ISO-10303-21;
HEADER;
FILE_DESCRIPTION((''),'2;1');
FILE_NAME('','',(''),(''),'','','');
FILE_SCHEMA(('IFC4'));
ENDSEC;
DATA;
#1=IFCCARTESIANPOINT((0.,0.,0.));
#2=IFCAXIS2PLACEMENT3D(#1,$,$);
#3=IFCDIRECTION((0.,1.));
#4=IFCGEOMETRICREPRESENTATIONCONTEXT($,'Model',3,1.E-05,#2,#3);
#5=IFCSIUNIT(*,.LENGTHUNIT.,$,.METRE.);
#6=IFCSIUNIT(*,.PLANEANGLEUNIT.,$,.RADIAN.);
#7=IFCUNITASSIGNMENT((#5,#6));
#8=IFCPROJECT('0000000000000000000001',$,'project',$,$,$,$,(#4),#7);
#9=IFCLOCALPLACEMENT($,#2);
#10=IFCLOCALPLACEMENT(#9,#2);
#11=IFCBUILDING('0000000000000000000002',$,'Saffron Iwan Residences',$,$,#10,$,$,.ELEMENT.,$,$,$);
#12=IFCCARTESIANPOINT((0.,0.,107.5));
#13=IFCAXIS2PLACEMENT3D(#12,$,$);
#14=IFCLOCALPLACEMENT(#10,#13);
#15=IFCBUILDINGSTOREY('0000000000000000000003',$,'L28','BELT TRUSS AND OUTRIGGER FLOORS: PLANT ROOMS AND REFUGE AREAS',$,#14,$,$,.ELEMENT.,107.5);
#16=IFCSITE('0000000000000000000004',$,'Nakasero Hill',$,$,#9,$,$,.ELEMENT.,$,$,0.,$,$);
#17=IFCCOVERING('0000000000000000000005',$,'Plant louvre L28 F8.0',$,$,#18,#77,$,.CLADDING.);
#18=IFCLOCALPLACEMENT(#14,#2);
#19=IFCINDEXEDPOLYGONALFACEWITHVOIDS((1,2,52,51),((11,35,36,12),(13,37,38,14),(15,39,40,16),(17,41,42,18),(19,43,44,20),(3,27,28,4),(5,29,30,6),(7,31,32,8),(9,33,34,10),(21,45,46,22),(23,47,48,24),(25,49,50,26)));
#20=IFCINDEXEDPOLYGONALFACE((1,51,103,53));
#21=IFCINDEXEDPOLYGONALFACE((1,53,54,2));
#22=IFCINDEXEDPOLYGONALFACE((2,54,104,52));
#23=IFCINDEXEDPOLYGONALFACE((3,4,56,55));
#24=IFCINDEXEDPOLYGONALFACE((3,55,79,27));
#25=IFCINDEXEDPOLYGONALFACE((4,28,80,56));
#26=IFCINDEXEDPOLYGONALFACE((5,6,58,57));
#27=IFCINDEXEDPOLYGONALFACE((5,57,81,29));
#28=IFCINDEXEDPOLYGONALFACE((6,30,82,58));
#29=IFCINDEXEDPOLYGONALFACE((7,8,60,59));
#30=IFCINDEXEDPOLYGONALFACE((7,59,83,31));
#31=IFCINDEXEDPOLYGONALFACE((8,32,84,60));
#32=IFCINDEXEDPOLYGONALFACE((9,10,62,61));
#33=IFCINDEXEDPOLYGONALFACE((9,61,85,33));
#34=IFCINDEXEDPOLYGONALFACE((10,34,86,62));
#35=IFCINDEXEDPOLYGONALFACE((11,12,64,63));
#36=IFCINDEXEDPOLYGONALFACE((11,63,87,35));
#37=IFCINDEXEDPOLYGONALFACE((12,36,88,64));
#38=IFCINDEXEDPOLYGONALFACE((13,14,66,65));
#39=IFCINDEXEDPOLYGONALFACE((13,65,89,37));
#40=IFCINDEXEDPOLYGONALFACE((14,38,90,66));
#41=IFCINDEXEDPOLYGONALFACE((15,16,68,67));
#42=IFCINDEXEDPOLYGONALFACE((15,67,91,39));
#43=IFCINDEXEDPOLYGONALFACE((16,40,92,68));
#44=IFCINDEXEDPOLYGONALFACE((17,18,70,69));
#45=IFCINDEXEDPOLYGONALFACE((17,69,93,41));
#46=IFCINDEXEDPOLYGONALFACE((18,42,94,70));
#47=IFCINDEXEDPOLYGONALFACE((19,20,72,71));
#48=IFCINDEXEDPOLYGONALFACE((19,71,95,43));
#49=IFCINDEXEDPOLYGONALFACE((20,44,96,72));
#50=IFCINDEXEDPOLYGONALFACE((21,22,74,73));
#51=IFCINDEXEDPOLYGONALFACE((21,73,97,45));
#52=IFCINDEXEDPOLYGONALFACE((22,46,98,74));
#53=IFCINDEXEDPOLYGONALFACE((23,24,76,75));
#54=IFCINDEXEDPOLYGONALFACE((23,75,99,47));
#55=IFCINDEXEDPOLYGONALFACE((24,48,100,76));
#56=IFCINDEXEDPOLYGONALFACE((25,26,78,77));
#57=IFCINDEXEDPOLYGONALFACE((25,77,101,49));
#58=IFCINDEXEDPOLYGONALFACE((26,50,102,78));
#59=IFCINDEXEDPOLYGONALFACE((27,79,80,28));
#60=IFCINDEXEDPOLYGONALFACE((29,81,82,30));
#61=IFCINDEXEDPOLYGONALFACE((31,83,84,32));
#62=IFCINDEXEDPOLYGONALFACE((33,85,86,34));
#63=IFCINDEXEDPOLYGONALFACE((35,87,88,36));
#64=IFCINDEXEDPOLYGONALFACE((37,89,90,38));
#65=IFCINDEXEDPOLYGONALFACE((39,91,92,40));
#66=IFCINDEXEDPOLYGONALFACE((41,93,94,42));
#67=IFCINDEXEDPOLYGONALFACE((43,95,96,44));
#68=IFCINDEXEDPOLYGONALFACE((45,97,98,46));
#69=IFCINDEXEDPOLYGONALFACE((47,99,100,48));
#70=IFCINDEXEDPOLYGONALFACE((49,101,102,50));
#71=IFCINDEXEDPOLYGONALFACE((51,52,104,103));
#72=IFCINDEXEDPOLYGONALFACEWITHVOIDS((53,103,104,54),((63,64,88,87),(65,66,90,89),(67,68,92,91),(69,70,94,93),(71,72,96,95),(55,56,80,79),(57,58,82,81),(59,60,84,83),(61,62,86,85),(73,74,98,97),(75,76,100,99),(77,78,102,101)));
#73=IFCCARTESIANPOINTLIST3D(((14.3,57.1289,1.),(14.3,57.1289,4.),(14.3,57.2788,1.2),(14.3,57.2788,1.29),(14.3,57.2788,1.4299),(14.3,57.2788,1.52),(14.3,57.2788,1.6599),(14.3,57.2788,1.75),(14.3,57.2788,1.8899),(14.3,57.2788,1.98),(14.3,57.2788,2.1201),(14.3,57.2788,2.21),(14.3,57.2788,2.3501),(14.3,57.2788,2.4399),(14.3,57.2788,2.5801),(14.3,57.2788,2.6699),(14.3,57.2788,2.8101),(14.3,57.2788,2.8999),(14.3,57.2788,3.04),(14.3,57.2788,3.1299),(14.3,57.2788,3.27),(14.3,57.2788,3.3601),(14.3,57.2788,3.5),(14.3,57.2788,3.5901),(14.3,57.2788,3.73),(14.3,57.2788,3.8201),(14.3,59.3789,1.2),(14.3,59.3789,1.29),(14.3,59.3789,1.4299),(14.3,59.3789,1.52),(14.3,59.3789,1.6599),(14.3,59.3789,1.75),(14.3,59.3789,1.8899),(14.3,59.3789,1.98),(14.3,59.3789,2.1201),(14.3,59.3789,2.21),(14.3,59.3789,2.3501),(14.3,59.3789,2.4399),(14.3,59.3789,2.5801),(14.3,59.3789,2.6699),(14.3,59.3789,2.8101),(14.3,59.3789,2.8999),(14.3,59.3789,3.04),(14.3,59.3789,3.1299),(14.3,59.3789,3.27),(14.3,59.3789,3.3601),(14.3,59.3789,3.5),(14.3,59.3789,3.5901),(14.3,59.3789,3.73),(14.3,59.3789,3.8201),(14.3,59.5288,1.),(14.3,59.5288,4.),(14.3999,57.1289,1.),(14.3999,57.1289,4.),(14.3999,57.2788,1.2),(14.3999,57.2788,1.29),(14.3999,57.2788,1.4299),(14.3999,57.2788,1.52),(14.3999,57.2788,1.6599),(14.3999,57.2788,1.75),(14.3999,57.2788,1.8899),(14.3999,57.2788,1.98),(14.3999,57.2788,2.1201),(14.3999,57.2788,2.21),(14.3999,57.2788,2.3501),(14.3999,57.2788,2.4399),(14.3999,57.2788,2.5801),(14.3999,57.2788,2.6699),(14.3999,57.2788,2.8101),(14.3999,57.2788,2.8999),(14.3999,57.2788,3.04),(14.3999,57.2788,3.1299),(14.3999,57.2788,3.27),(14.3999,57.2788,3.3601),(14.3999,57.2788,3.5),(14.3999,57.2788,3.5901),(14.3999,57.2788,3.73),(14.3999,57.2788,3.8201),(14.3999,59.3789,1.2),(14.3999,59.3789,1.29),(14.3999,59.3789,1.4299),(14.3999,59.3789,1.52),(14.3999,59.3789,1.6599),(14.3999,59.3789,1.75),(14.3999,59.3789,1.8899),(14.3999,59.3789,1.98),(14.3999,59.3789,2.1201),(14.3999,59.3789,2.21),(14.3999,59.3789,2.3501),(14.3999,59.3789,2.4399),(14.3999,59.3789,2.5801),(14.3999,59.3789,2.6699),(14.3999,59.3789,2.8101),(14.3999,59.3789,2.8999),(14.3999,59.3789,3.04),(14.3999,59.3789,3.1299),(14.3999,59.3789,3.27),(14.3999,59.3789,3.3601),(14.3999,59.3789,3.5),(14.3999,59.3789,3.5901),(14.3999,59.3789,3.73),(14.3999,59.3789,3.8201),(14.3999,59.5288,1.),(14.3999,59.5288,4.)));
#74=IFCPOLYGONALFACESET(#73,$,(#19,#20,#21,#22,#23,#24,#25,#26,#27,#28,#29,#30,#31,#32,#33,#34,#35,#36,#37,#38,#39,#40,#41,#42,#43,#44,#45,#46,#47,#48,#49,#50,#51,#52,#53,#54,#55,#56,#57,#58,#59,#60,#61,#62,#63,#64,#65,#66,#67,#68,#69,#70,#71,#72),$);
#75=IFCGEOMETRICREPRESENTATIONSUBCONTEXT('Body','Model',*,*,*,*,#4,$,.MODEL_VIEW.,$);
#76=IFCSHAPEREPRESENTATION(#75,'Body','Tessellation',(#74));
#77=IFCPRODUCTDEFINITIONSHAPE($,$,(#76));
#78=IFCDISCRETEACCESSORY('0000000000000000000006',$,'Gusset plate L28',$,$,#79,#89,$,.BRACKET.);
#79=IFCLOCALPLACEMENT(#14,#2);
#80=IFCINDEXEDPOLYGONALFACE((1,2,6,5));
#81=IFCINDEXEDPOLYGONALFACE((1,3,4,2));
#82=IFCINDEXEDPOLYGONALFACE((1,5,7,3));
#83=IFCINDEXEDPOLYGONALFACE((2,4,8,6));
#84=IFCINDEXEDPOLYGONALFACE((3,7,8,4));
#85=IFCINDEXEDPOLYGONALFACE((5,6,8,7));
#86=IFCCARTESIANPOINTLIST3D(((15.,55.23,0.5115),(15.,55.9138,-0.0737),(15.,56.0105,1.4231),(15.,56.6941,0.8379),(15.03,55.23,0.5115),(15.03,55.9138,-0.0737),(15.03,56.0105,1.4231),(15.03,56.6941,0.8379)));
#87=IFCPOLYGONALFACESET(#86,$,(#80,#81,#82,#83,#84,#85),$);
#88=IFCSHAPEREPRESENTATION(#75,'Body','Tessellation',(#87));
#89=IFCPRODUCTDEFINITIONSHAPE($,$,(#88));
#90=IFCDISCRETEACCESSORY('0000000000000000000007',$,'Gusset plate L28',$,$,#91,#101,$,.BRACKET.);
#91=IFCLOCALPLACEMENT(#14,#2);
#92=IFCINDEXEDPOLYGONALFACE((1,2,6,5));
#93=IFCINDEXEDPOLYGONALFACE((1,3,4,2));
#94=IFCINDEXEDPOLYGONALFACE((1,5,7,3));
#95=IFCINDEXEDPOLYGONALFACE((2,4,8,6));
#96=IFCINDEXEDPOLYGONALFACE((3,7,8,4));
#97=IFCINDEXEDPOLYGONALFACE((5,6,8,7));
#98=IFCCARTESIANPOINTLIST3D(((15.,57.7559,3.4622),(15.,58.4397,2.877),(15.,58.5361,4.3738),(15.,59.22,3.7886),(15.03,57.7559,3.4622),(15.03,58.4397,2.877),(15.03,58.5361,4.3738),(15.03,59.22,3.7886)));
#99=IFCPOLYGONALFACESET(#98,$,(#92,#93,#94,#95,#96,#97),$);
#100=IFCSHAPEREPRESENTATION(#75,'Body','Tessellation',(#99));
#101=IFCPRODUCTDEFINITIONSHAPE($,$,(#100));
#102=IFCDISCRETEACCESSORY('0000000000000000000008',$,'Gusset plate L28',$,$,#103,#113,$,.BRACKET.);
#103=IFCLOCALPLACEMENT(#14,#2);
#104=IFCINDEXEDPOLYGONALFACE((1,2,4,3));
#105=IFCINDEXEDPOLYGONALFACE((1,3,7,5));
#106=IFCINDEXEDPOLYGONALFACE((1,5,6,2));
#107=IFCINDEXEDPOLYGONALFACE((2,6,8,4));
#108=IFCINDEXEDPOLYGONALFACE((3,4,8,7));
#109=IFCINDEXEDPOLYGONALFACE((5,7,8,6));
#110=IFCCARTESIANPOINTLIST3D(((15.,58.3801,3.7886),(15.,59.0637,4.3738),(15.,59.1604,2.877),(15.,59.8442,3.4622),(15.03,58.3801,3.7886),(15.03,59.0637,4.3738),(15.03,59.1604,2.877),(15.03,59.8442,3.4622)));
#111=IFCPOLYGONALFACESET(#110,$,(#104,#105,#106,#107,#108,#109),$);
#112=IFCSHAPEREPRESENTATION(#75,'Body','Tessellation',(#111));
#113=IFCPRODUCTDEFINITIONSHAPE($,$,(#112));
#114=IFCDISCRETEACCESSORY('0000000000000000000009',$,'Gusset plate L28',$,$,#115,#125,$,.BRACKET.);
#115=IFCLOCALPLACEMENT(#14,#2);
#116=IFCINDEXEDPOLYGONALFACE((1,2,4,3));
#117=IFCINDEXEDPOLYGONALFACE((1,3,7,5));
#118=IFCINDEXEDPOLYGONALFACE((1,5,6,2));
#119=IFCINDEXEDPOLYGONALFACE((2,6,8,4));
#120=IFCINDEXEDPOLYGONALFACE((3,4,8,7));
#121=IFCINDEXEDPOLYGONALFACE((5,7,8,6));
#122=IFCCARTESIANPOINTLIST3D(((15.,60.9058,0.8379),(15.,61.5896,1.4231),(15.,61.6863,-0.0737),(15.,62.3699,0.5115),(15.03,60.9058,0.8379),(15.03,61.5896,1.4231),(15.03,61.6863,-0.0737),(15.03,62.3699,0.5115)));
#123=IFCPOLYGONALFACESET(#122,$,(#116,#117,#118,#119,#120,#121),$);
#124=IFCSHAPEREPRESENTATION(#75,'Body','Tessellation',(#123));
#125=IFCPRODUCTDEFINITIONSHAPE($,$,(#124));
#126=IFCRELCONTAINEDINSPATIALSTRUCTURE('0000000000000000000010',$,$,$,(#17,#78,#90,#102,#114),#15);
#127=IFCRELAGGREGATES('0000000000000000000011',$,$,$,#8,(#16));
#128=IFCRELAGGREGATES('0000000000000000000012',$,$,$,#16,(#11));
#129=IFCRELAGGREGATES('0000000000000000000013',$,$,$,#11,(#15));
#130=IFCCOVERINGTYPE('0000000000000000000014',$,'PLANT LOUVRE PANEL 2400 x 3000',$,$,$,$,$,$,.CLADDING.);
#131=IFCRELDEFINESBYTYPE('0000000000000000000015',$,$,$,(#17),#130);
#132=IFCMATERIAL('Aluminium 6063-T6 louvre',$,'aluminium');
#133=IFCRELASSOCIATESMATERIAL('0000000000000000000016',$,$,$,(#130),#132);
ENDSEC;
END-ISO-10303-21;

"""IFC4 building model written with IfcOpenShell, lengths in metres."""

from ifc_helpers import new_model, si_unit, direction, frame, origin, place, context, subcontext, project, spatial, polyline, outline, extrude, material, type_object, element, save


model = new_model("IFC4")

# Units and contexts
model_context = context("Model", 3, precision=1e-05, world=origin(), true_north=direction((0.0, 1.0)))
body_context = subcontext(model_context, "Body", "Model", "MODEL_VIEW")
ifc_project = project(units=[si_unit("LENGTHUNIT", "METRE"), si_unit("PLANEANGLEUNIT", "RADIAN")], contexts=[model_context])

# Site, building, storey
site_placement = place(None, origin())
site = spatial("IfcSite", under=ifc_project, at=site_placement, Name="Nakasero Hill", CompositionType="ELEMENT", RefElevation=0.0)
building_placement = place(site_placement, origin())
building = spatial("IfcBuilding", under=site, at=building_placement, Name="Saffron Iwan Residences", CompositionType="ELEMENT")
storey_placement = place(building_placement, frame((0.0, 0.0, 107.5)))
storey = spatial("IfcBuildingStorey", under=building, at=storey_placement, Name="L28", Description="BELT TRUSS AND OUTRIGGER FLOORS: PLANT ROOMS AND REFUGE AREAS", CompositionType="ELEMENT", Elevation=107.5)

# Covering
ifc_material_1 = material(Name="Aluminium 6063-T6 louvre", Category="aluminium")
covering_type_1 = type_object("IfcCoveringType", Name="PLANT LOUVRE PANEL 2400 x 3000", PredefinedType="CLADDING", material=ifc_material_1)
covering_1_placement = place(storey_placement, frame((14.3999, 59.5288, 1.0), z_axis=(-1.0, 0.0, 0.0), x_axis=(0.0, -1.0, 0.0)))
element("IfcCovering", 1, at=covering_1_placement, inside=storey, type_object=covering_type_1, Name="Plant louvre L28 F8.0", PredefinedType="CLADDING", context=body_context, shape_type="SweptSolid", body=[
    extrude(outline(polyline([(0.0, 0.0), (2.3999, 0.0), (2.3999, 3.0), (0.0, 3.0), (0.0, 0.0)]), holes=[polyline([(0.1499, 0.2), (2.25, 0.2), (2.25, 0.29), (0.1499, 0.29), (0.1499, 0.2)]), polyline([(0.1499, 0.4299), (2.25, 0.4299), (2.25, 0.52), (0.1499, 0.52), (0.1499, 0.4299)]), polyline([(0.1499, 0.6599), (2.25, 0.6599), (2.25, 0.75), (0.1499, 0.75), (0.1499, 0.6599)]), polyline([(0.1499, 0.8899), (2.25, 0.8899), (2.25, 0.98), (0.1499, 0.98), (0.1499, 0.8899)]), polyline([(0.1499, 1.1201), (2.25, 1.1201), (2.25, 1.21), (0.1499, 1.21), (0.1499, 1.1201)]), polyline([(0.1499, 1.3501), (2.25, 1.3501), (2.25, 1.4399), (0.1499, 1.4399), (0.1499, 1.3501)]), polyline([(0.1499, 1.5801), (2.25, 1.5801), (2.25, 1.6699), (0.1499, 1.6699), (0.1499, 1.5801)]), polyline([(0.1499, 1.8101), (2.25, 1.8101), (2.25, 1.8999), (0.1499, 1.8999), (0.1499, 1.8101)]), polyline([(0.1499, 2.04), (2.25, 2.04), (2.25, 2.1299), (0.1499, 2.1299), (0.1499, 2.04)]), polyline([(0.1499, 2.27), (2.25, 2.27), (2.25, 2.3601), (0.1499, 2.3601), (0.1499, 2.27)]), polyline([(0.1499, 2.5), (2.25, 2.5), (2.25, 2.5901), (0.1499, 2.5901), (0.1499, 2.5)]), polyline([(0.1499, 2.73), (2.25, 2.73), (2.25, 2.8201), (0.1499, 2.8201), (0.1499, 2.73)])]), origin(), (0.0, 0.0, 1.0), 0.0999),
])

# Discrete accessories
discrete_accessory_1_placement = place(storey_placement, frame((15.0, 55.23, 0.5115), z_axis=(-1.0, 0.0, 0.0), x_axis=(0.0, 0.650372, 0.759615)))
element("IfcDiscreteAccessory", 2, at=discrete_accessory_1_placement, inside=storey, Name="Gusset plate L28", PredefinedType="BRACKET", context=body_context, shape_type="SweptSolid", body=[
    extrude(outline(polyline([(0.0, 0.0), (1.2001, 0.0), (1.2002, 0.8999), (0.0002, 0.9001), (0.0, 0.0)])), origin(), (0.0, 0.0, -1.0), 0.03),
])
discrete_accessory_2_placement = place(storey_placement, frame((15.0, 59.22, 3.7886), z_axis=(-1.0, 0.0, 0.0), x_axis=(0.0, -0.650255, -0.759716)))
element("IfcDiscreteAccessory", 3, at=discrete_accessory_2_placement, inside=storey, Name="Gusset plate L28", PredefinedType="BRACKET", context=body_context, shape_type="SweptSolid", body=[
    extrude(outline(polyline([(0.0, 0.0), (1.1999, 0.0), (1.2, 0.9001), (0.0001, 0.9001), (0.0, 0.0)])), origin(), (0.0, 0.0, -1.0), 0.03),
])
for number, where, z_axis, x_axis, name in (
    (4, (15.0, 59.0637, 4.3738), (-1.0, 0.0, 0.0), (0.0, 0.650372, -0.759615), "Gusset plate L28"),
    (5, (15.0, 61.6863, -0.0737), (-1.0, 0.0, 0.0), (0.0, -0.650372, 0.759615), "Gusset plate L28"),
):
    element("IfcDiscreteAccessory", number, at=place(storey_placement, frame(where, z_axis=z_axis, x_axis=x_axis)), inside=storey, Name=name, PredefinedType="BRACKET", context=body_context, shape_type="SweptSolid", body=[
        extrude(outline(polyline([(0.0, 0.0), (1.2001, 0.0), (1.1999, 0.9001), (-0.0001, 0.8999), (0.0, 0.0)])), origin(), (0.0, 0.0, -1.0), 0.03),
    ])

save(model, "model.ifc")
